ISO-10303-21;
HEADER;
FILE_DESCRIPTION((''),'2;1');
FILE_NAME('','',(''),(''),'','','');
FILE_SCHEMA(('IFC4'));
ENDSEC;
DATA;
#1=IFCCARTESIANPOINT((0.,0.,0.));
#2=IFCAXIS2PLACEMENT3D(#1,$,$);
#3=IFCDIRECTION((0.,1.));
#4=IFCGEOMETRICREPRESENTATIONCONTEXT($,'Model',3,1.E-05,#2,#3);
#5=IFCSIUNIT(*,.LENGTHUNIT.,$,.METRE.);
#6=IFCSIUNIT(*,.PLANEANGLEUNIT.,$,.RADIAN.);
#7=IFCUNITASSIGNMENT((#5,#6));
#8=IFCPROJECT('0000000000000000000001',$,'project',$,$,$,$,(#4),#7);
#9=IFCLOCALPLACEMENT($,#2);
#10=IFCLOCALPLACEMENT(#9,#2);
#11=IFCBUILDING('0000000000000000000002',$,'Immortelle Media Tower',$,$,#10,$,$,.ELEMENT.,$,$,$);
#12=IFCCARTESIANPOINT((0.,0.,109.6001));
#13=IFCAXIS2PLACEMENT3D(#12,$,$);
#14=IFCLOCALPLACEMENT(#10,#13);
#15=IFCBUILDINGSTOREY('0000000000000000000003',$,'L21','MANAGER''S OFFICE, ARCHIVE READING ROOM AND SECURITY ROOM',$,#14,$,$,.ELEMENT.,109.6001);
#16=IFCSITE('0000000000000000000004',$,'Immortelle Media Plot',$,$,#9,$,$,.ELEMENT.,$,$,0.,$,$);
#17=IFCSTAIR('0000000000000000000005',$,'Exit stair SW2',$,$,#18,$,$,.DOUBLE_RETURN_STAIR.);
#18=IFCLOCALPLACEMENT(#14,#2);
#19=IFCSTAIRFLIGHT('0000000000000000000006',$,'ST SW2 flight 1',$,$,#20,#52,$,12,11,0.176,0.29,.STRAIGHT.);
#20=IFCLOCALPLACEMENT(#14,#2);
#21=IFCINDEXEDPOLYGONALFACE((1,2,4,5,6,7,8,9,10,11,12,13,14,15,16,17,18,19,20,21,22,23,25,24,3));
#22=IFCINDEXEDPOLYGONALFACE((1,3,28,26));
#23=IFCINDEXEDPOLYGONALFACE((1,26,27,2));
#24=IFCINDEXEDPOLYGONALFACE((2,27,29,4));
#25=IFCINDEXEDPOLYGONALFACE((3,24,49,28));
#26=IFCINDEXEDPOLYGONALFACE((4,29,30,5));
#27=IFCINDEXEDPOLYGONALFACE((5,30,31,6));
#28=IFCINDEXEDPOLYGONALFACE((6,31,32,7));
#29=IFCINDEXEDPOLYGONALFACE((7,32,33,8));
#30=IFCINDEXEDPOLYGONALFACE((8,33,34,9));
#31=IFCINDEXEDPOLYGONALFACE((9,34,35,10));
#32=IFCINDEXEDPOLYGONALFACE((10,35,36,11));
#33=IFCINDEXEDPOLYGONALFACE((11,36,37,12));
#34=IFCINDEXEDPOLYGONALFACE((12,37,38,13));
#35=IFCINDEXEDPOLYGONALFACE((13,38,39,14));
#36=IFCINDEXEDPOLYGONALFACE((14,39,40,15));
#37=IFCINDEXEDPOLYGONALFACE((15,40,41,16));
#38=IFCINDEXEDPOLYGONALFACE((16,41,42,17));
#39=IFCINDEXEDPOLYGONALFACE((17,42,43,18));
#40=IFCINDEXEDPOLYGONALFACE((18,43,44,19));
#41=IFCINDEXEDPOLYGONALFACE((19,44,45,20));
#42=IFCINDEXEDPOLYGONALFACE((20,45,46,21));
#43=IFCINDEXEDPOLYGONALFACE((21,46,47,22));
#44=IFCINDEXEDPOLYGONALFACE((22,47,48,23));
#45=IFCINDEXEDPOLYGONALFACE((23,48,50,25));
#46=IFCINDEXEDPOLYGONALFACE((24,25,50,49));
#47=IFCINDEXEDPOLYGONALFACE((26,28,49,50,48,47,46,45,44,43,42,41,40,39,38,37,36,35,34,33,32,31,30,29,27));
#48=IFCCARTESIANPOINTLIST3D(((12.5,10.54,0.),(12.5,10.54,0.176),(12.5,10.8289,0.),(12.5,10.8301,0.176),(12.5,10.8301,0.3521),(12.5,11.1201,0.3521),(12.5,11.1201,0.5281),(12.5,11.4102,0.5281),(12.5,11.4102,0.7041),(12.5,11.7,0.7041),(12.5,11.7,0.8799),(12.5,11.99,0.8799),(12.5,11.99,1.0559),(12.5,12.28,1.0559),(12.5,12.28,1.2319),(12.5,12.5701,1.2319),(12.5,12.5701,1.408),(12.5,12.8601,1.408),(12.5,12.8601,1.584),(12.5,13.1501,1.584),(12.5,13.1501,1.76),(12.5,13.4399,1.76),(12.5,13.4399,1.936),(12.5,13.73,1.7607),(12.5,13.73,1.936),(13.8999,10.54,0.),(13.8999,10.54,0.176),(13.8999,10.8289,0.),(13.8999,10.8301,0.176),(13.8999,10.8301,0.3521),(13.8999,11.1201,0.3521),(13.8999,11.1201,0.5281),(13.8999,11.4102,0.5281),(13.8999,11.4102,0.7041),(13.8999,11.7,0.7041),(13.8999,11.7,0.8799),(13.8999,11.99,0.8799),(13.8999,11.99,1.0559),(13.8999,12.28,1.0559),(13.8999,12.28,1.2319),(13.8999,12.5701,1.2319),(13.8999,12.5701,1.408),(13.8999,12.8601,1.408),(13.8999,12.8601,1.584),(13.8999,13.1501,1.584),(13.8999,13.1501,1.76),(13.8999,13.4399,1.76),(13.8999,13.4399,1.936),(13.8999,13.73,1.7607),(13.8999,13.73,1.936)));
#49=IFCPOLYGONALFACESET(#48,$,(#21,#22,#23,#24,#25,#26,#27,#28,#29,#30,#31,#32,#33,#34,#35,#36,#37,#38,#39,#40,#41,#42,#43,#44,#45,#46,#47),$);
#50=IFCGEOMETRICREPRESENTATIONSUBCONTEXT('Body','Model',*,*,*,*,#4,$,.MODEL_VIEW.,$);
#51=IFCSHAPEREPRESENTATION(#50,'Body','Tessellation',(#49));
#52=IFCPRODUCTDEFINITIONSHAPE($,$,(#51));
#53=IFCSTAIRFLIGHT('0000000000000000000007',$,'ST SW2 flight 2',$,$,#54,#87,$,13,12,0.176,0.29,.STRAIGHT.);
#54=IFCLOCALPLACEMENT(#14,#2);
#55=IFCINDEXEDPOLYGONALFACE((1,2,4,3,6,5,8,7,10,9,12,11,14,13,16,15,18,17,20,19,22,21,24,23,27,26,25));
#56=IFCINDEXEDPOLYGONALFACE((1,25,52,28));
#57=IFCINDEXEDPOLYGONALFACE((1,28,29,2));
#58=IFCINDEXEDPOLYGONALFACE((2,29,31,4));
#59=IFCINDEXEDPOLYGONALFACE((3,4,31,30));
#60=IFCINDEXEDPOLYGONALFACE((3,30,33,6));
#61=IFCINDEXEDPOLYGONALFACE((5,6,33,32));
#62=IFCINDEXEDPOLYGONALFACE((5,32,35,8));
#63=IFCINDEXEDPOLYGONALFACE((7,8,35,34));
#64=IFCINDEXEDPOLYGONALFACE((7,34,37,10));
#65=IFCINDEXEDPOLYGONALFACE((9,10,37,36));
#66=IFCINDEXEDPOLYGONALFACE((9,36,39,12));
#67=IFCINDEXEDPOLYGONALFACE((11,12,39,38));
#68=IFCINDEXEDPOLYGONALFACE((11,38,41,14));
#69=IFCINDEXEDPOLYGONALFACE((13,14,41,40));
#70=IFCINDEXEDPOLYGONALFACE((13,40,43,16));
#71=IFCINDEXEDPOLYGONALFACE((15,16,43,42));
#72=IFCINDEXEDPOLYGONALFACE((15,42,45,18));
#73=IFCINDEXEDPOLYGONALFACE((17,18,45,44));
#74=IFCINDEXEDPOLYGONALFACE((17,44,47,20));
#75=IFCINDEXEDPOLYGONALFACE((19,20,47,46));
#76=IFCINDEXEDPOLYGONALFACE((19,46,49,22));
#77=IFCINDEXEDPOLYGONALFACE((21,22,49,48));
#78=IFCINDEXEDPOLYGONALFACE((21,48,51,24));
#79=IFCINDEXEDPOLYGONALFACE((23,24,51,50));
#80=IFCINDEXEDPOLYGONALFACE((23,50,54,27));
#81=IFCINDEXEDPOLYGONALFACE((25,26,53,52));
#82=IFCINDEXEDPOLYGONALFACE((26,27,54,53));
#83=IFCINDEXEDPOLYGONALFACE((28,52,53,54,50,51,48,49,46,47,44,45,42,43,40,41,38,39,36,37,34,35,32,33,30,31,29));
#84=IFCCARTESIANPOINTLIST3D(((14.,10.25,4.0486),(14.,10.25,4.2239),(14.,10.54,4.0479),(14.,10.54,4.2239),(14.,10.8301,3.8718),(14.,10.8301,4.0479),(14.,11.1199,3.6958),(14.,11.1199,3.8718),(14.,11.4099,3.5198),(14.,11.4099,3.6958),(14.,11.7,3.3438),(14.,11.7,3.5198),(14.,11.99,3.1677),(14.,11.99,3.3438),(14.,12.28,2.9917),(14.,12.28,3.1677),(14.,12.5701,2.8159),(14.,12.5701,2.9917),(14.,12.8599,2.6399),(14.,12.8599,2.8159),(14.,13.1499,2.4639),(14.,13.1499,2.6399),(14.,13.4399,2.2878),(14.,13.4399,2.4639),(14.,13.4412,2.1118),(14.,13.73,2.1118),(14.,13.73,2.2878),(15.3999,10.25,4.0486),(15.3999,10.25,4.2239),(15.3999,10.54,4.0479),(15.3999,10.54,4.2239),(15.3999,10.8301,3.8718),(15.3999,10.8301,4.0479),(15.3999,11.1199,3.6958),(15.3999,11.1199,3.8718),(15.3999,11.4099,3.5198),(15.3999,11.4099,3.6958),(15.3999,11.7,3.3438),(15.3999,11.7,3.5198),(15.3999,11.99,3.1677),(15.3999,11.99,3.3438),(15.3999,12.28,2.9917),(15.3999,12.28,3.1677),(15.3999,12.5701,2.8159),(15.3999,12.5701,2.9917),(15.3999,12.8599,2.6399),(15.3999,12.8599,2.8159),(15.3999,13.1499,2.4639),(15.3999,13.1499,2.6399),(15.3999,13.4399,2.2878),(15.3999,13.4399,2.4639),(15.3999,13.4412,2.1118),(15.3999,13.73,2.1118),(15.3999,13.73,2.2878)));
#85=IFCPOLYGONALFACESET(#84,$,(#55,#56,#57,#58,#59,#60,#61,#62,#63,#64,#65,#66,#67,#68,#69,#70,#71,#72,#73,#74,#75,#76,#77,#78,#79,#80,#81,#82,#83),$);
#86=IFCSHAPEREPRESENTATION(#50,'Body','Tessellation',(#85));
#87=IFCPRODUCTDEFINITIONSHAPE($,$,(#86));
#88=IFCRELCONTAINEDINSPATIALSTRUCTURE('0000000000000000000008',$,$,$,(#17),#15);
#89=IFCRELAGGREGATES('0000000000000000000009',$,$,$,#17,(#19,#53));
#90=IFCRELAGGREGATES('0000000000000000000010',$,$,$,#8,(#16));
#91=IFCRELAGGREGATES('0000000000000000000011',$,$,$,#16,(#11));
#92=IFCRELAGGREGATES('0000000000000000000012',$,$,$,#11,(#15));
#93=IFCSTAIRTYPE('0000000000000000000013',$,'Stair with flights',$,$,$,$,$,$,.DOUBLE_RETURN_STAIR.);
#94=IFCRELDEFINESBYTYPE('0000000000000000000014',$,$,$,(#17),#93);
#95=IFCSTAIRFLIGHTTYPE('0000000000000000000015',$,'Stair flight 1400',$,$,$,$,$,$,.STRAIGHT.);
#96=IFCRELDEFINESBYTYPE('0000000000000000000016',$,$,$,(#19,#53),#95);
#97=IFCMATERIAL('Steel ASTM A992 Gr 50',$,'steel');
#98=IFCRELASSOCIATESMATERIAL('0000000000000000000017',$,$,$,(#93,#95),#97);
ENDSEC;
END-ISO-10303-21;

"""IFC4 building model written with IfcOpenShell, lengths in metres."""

from ifc_helpers import new_model, si_unit, direction, frame, origin, place, context, subcontext, project, spatial, polyline, outline, extrude, material, type_object, element, aggregate, save


model = new_model("IFC4")

# Units and contexts
model_context = context("Model", 3, precision=1e-05, world=origin(), true_north=direction((0.0, 1.0)))
body_context = subcontext(model_context, "Body", "Model", "MODEL_VIEW")
ifc_project = project(units=[si_unit("LENGTHUNIT", "METRE"), si_unit("PLANEANGLEUNIT", "RADIAN")], contexts=[model_context])

# Site, building, storey
site_placement = place(None, origin())
site = spatial("IfcSite", under=ifc_project, at=site_placement, Name="Immortelle Media Plot", CompositionType="ELEMENT", RefElevation=0.0)
building_placement = place(site_placement, origin())
building = spatial("IfcBuilding", under=site, at=building_placement, Name="Immortelle Media Tower", CompositionType="ELEMENT")
storey_placement = place(building_placement, frame((0.0, 0.0, 109.6001)))
storey = spatial("IfcBuildingStorey", under=building, at=storey_placement, Name="L21", Description="MANAGER'S OFFICE, ARCHIVE READING ROOM AND SECURITY ROOM", CompositionType="ELEMENT", Elevation=109.6001)

# Shared definitions
ifc_material_1 = material(Name="Steel ASTM A992 Gr 50", Category="steel")

# Stair, stair flights
stair_type = type_object("IfcStairType", Name="Stair with flights", PredefinedType="DOUBLE_RETURN_STAIR", material=ifc_material_1)
stair_flight_type = type_object("IfcStairFlightType", Name="Stair flight 1400", PredefinedType="STRAIGHT", material=ifc_material_1)
stair_1_placement = place(storey_placement, origin())
stair_1 = element("IfcStair", 1, at=stair_1_placement, inside=storey, type_object=stair_type, Name="Exit stair SW2", PredefinedType="DOUBLE_RETURN_STAIR")
stair_flight_1_placement = place(storey_placement, frame((13.2, 10.54, 0.0), z_axis=(0.0, 0.0, 1.0), x_axis=(0.0, 1.0, 0.0)))
stair_flight_1 = element("IfcStairFlight", 2, at=stair_flight_1_placement, type_object=stair_flight_type, Name="ST SW2 flight 1", NumberOfRisers=12, NumberOfTreads=11, PredefinedType="STRAIGHT", RiserHeight=0.176, TreadLength=0.29, context=body_context, shape_type="SweptSolid", body=[
    extrude(outline(polyline([(0.0, 0.0), (0.0, 0.176), (0.29, 0.176), (0.29, 0.3521), (0.5801, 0.3521), (0.5801, 0.5281), (0.8701, 0.5281), (0.8701, 0.7041), (1.1599, 0.7041), (1.1599, 0.8799), (1.45, 0.8799), (1.45, 1.0559), (1.74, 1.0559), (1.74, 1.2319), (2.03, 1.2319), (2.03, 1.408), (2.3201, 1.408), (2.3201, 1.584), (2.6101, 1.584), (2.6101, 1.76), (2.8999, 1.76), (2.8999, 1.936), (3.1899, 1.936), (3.1899, 2.1121), (3.1899, 1.7607), (0.2888, 0.0), (0.0, 0.0)])), frame((0.0, 0.7, 0.0), z_axis=(0.0, -1.0, 0.0), x_axis=(1.0, 0.0, 0.0)), (0.0, 0.0, 1.0), 1.3999),
])
stair_flight_2_placement = place(storey_placement, frame((14.7, 13.73, 2.1118), z_axis=(0.0, 0.0, 1.0), x_axis=(0.0, -1.0, 0.0)))
stair_flight_2 = element("IfcStairFlight", 3, at=stair_flight_2_placement, type_object=stair_flight_type, Name="ST SW2 flight 2", NumberOfRisers=13, NumberOfTreads=12, PredefinedType="STRAIGHT", RiserHeight=0.176, TreadLength=0.29, context=body_context, shape_type="SweptSolid", body=[
    extrude(outline(polyline([(0.0, 0.0), (0.0, 0.176), (0.29, 0.176), (0.29, 0.3521), (0.5801, 0.3521), (0.5801, 0.5281), (0.8701, 0.5281), (0.8701, 0.7041), (1.1599, 0.7041), (1.1599, 0.8799), (1.45, 0.8799), (1.45, 1.0559), (1.74, 1.0559), (1.74, 1.2319), (2.03, 1.2319), (2.03, 1.408), (2.3201, 1.408), (2.3201, 1.584), (2.6101, 1.584), (2.6101, 1.76), (2.8999, 1.76), (2.8999, 1.936), (3.1899, 1.936), (3.1899, 2.1121), (3.48, 2.1121), (3.48, 2.2881), (3.48, 1.9368), (0.2888, 0.0), (0.0, 0.0)])), frame((0.0, 0.7, 0.0), z_axis=(0.0, -1.0, 0.0), x_axis=(1.0, 0.0, 0.0)), (0.0, 0.0, 1.0), 1.3999),
])
aggregate(stair_1, [stair_flight_1, stair_flight_2])

save(model, "model.ifc")
